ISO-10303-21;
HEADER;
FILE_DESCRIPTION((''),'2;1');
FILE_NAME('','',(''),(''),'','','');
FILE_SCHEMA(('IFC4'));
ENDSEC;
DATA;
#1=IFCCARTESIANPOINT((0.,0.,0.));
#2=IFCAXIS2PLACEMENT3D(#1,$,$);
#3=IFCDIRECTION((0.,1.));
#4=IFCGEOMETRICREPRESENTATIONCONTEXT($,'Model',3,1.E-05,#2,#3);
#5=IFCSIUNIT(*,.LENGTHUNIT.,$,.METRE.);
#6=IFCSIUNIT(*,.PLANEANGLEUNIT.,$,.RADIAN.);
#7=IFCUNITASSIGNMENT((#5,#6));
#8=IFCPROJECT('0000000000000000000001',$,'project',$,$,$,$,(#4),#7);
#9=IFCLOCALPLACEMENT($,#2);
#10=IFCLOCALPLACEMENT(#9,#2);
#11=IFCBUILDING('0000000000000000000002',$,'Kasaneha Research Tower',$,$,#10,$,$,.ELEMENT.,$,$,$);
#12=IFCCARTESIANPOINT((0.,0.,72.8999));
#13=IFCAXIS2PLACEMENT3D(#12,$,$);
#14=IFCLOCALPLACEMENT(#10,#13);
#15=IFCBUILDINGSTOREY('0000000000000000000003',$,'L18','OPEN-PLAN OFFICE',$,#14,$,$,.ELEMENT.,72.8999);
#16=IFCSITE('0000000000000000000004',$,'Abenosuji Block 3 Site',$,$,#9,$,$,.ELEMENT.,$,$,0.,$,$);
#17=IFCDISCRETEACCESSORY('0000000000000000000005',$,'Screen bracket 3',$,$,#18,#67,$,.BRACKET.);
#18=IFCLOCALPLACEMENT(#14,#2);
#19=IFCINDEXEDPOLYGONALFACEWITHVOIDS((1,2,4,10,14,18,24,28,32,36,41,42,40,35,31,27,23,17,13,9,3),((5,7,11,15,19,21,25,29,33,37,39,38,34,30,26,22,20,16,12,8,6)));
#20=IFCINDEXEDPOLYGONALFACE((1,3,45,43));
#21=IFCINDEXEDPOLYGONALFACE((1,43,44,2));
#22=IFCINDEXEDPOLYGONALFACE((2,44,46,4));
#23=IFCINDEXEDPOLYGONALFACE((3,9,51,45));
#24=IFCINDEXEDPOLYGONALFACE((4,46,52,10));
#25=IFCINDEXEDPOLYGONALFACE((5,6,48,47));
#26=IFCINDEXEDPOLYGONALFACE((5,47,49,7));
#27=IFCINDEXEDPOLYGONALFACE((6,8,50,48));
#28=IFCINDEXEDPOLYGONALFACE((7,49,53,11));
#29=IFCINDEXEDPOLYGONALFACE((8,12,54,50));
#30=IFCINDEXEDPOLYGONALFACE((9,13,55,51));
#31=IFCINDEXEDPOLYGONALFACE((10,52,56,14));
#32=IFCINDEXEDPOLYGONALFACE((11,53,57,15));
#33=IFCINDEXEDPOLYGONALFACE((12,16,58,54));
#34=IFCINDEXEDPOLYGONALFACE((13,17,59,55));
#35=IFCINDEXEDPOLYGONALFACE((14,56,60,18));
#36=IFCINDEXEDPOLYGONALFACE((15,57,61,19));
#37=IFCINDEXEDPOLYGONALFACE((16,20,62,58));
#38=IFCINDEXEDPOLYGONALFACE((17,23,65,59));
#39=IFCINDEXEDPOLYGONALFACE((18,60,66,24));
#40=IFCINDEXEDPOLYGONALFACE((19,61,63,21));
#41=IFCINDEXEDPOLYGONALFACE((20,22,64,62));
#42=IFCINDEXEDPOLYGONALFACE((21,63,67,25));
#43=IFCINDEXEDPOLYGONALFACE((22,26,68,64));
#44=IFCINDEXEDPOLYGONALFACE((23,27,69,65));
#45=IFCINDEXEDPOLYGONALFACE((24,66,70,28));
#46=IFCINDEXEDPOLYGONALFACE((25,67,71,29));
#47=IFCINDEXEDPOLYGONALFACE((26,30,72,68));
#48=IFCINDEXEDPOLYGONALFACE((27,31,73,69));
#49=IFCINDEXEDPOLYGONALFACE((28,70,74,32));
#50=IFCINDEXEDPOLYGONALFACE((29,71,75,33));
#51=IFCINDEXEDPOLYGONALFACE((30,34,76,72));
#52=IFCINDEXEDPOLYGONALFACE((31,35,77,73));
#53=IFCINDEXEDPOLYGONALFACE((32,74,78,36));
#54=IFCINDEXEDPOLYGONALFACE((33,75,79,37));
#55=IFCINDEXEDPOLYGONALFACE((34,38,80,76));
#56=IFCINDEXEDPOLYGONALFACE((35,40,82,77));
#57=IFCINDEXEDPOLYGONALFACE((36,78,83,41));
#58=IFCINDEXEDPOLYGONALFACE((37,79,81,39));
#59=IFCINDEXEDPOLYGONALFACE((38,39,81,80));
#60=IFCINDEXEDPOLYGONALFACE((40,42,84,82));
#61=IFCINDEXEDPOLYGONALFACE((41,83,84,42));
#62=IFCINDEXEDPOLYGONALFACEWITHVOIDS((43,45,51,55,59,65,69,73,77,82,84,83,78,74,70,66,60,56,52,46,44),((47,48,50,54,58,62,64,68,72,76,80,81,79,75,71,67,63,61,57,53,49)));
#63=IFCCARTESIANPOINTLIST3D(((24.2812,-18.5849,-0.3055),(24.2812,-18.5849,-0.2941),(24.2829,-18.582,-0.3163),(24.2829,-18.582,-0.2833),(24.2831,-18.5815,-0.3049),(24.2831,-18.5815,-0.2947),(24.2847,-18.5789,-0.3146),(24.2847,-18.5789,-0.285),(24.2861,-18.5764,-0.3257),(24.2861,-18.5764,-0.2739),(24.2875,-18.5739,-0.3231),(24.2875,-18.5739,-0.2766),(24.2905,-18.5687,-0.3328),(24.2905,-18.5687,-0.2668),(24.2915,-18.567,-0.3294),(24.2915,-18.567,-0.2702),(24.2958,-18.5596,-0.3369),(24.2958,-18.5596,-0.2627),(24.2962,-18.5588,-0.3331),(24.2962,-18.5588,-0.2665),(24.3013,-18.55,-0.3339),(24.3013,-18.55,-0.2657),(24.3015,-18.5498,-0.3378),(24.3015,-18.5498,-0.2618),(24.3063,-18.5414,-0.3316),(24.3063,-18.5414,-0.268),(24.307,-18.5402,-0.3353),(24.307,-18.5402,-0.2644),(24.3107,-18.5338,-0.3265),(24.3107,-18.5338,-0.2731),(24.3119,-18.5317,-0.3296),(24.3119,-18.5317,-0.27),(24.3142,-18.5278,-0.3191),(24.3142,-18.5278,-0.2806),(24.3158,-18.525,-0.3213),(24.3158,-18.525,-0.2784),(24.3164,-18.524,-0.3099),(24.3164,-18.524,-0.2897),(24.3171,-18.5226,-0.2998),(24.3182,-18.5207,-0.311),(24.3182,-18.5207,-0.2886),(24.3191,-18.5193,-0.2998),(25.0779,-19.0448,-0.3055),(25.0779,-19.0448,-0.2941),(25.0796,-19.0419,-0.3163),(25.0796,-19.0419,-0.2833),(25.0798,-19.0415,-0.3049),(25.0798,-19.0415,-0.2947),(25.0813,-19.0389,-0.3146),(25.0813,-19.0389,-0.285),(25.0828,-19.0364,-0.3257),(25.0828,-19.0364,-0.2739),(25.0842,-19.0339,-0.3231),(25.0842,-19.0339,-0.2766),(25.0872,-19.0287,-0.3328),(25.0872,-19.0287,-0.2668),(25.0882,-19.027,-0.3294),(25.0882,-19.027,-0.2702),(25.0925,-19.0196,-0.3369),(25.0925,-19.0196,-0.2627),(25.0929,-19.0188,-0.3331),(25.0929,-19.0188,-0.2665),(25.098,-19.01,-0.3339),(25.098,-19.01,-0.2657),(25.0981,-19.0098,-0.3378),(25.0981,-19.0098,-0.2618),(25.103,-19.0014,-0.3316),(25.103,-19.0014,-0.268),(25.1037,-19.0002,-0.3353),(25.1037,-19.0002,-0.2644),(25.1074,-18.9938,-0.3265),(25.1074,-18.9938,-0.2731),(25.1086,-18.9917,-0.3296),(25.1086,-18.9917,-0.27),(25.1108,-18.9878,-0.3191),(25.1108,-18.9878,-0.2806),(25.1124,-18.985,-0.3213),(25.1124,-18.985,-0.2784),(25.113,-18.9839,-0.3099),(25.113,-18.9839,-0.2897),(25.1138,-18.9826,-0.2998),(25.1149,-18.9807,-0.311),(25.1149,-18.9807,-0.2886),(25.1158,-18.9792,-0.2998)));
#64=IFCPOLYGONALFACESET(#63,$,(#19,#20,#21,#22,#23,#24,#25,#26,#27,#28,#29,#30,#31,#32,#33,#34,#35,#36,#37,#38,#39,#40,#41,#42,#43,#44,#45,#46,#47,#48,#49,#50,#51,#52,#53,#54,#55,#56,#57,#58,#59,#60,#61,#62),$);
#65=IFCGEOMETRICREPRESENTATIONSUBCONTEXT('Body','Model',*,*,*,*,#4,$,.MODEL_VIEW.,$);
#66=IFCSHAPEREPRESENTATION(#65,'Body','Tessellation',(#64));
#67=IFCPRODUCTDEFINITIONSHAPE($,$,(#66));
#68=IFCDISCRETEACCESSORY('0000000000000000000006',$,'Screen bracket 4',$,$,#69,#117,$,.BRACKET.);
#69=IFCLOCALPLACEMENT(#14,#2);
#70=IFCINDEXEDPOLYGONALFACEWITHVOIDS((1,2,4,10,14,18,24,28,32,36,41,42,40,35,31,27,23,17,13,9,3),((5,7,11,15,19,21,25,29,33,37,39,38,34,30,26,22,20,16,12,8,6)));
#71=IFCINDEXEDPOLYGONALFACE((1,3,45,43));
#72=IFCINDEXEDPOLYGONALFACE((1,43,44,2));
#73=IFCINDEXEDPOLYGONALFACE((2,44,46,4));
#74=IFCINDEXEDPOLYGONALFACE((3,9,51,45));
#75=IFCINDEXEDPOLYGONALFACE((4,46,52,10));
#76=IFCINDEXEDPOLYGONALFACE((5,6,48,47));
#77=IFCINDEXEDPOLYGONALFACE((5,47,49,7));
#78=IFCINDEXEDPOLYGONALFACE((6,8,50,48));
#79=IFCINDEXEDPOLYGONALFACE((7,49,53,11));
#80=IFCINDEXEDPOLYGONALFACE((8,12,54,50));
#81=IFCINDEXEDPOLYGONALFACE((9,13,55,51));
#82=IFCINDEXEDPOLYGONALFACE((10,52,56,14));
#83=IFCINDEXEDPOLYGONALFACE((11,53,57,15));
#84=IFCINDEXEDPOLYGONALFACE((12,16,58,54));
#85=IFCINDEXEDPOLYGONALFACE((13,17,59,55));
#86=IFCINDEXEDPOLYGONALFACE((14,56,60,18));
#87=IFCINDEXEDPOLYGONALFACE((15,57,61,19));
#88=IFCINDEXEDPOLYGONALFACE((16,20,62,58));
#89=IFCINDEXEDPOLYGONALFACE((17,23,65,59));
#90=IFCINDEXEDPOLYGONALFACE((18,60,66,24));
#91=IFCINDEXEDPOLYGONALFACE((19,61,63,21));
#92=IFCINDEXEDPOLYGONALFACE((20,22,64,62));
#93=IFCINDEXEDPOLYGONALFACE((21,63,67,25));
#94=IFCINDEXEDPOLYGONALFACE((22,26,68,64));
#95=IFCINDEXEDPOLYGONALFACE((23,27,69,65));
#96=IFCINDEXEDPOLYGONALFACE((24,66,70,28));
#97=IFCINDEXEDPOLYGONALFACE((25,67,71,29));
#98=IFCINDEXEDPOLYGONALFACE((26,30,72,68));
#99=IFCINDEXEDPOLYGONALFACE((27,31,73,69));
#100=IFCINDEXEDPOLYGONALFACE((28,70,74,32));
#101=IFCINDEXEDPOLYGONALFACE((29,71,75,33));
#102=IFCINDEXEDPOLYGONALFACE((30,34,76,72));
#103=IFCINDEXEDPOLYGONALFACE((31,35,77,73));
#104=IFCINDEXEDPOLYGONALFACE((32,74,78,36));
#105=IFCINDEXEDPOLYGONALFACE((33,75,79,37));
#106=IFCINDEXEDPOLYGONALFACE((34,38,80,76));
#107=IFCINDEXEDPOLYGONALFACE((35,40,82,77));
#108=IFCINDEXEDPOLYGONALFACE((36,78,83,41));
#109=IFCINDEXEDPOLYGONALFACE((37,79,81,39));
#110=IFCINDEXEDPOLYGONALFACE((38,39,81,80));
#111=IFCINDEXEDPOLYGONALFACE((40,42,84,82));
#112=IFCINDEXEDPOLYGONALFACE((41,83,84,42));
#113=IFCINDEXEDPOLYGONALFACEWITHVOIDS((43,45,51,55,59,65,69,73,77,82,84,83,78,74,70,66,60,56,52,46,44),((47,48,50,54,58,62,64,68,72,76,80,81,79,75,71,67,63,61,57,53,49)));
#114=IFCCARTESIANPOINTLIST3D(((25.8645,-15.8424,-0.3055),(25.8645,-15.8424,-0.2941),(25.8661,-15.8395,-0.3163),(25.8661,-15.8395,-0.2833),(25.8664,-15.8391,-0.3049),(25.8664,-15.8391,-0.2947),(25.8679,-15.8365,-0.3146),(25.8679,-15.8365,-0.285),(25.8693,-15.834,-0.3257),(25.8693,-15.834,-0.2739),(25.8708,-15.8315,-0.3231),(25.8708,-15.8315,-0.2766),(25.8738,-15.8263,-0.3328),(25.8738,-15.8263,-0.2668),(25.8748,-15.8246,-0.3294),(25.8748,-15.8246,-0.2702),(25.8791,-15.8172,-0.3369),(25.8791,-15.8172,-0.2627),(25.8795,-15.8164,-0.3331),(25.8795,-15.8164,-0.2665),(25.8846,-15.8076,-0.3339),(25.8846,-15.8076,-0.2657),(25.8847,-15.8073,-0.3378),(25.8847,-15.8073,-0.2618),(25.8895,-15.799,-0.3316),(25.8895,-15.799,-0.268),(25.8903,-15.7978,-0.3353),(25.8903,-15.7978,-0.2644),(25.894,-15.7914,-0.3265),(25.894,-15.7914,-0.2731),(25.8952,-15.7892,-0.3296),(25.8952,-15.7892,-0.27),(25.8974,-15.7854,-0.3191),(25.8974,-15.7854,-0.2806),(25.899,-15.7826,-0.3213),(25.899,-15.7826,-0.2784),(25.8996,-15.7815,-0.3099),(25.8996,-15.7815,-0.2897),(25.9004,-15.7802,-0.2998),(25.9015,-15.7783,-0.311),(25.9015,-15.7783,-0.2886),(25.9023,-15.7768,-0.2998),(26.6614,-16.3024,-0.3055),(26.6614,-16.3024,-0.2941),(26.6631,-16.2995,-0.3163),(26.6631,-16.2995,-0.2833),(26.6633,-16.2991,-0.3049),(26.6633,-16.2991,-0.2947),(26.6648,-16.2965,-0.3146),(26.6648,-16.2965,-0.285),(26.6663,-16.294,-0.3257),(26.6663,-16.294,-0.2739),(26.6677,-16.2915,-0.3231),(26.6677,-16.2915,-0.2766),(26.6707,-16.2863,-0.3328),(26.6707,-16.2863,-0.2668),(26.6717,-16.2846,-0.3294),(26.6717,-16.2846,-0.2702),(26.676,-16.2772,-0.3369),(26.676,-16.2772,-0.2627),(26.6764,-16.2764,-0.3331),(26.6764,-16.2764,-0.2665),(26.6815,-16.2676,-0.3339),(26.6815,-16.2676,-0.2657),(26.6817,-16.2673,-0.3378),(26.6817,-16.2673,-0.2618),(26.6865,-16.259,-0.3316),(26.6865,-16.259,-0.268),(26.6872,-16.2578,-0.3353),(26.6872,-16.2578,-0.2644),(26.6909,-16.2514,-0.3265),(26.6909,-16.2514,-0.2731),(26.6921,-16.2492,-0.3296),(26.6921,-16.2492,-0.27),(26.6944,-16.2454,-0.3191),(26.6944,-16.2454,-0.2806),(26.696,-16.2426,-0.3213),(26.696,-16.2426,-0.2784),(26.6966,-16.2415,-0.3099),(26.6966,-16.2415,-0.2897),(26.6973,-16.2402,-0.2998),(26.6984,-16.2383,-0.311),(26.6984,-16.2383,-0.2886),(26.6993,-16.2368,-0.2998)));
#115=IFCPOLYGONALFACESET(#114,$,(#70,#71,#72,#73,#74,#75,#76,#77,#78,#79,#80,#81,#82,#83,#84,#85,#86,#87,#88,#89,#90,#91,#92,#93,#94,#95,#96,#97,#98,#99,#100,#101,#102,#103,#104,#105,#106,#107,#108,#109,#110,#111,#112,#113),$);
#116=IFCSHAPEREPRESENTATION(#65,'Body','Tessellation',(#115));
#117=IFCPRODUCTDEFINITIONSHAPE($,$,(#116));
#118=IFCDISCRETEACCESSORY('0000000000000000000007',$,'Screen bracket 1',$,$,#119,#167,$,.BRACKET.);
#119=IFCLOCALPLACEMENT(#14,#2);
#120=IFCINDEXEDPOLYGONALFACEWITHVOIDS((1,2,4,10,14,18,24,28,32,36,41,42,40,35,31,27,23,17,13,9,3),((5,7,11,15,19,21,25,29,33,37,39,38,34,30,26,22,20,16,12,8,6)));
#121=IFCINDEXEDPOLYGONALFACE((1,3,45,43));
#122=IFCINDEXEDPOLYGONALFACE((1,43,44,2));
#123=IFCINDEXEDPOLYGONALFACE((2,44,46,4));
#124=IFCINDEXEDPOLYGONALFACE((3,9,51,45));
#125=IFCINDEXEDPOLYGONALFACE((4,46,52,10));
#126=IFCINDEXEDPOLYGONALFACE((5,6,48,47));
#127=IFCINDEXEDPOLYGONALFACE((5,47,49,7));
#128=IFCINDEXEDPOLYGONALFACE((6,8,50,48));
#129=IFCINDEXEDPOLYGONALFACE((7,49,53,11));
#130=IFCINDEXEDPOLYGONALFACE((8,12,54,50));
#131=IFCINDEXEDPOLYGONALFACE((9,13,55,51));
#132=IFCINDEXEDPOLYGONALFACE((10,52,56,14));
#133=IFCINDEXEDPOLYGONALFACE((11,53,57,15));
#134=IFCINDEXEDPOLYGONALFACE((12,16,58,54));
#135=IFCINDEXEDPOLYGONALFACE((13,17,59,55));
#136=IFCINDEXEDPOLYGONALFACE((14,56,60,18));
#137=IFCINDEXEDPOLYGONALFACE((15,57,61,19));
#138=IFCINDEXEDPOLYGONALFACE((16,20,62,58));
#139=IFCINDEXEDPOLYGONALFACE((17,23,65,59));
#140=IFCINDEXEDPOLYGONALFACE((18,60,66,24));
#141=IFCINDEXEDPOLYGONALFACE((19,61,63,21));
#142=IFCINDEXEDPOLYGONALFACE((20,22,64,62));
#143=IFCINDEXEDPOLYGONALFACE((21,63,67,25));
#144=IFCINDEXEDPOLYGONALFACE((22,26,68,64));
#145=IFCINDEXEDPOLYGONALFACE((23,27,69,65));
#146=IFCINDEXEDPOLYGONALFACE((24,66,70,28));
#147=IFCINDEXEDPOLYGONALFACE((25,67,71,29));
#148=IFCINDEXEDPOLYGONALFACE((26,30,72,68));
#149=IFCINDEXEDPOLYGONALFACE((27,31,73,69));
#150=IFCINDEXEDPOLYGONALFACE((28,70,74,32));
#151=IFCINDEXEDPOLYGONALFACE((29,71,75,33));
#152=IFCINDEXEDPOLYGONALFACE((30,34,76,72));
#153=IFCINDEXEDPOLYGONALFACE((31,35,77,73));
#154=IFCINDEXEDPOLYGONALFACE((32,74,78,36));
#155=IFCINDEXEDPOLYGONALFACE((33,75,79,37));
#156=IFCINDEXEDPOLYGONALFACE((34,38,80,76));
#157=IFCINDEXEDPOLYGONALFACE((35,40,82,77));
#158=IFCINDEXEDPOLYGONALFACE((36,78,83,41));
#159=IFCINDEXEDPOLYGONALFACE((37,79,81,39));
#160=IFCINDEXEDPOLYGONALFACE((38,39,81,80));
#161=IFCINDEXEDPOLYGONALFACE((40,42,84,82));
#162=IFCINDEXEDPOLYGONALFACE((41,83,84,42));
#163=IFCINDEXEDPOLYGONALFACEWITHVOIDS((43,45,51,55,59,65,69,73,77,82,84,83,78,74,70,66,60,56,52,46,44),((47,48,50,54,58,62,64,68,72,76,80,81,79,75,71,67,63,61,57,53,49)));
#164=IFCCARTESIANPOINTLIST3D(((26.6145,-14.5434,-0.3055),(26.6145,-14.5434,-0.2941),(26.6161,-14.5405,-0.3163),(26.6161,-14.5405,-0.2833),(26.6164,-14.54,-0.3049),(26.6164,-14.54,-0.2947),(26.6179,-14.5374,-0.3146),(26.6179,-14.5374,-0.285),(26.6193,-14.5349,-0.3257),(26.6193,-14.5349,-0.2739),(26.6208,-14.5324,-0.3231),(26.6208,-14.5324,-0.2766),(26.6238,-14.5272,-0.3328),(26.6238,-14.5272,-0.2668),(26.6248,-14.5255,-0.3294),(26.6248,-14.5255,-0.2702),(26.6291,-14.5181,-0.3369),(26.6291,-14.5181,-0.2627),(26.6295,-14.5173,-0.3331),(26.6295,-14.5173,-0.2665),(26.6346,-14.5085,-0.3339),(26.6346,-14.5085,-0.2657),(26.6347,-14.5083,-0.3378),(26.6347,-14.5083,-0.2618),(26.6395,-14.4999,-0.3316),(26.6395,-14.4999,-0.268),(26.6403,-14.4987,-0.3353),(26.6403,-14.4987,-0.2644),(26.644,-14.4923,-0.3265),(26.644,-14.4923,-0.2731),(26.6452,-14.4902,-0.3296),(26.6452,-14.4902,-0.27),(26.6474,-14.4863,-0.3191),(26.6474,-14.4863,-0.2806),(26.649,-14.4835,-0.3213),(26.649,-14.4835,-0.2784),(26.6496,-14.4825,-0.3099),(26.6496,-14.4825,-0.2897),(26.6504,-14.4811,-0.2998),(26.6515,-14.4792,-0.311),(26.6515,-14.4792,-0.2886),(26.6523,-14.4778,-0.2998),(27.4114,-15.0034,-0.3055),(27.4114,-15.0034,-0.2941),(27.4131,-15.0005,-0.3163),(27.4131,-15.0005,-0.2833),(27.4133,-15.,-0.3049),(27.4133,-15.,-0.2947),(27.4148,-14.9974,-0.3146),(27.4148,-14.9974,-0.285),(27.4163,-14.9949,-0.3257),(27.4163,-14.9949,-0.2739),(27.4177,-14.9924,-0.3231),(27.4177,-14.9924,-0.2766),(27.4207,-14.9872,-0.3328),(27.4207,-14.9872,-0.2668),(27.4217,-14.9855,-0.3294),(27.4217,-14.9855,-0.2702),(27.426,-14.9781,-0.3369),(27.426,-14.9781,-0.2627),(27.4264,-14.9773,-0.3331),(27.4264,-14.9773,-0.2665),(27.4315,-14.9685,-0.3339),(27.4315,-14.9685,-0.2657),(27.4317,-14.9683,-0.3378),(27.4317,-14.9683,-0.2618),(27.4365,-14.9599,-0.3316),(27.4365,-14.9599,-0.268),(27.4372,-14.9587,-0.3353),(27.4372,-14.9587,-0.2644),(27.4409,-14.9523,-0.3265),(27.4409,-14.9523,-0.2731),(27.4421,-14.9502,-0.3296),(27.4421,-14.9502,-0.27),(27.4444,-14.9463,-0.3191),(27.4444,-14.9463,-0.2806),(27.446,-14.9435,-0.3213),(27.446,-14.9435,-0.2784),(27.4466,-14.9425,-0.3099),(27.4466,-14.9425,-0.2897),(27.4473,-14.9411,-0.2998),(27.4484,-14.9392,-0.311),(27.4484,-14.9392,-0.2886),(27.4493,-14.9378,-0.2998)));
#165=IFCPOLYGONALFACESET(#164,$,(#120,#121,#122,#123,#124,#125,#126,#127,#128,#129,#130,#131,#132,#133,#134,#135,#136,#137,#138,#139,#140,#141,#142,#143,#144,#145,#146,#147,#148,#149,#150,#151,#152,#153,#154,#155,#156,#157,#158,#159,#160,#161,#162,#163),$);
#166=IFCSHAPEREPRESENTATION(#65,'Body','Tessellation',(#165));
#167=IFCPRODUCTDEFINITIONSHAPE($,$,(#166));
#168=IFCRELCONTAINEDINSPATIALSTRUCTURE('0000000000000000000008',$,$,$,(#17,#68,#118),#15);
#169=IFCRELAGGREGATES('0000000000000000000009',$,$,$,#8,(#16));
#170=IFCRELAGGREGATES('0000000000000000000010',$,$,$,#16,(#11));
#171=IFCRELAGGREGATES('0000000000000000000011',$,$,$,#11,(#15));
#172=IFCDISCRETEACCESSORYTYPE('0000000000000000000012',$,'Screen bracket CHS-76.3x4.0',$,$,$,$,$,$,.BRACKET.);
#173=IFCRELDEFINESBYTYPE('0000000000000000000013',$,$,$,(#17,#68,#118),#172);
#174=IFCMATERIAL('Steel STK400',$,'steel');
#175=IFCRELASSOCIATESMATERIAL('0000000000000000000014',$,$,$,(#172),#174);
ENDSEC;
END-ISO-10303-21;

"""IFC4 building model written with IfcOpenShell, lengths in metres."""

from ifc_helpers import new_model, si_unit, direction, frame, origin, origin_2d, place, context, subcontext, project, spatial, hollow_circle, extrude, material, material_profile, profile_set, type_object, element, save


model = new_model("IFC4")

# Units and contexts
model_context = context("Model", 3, precision=1e-05, world=origin(), true_north=direction((0.0, 1.0)))
body_context = subcontext(model_context, "Body", "Model", "MODEL_VIEW")
ifc_project = project(units=[si_unit("LENGTHUNIT", "METRE"), si_unit("PLANEANGLEUNIT", "RADIAN")], contexts=[model_context])

# Site, building, storey
site_placement = place(None, origin())
site = spatial("IfcSite", under=ifc_project, at=site_placement, Name="Abenosuji Block 3 Site", CompositionType="ELEMENT", RefElevation=0.0)
building_placement = place(site_placement, origin())
building = spatial("IfcBuilding", under=site, at=building_placement, Name="Kasaneha Research Tower", CompositionType="ELEMENT")
storey_placement = place(building_placement, frame((0.0, 0.0, 72.8999)))
storey = spatial("IfcBuildingStorey", under=building, at=storey_placement, Name="L18", Description="OPEN-PLAN OFFICE", CompositionType="ELEMENT", Elevation=72.8999)

# Discrete accessories
ifc_material_1 = material(Name="Steel STK400", Category="steel")
ifc_material_profile_1 = material_profile(ifc_material_1, hollow_circle(Radius=0.0381, WallThickness=0.0039, at=origin_2d()), Name="CHS-76.3x4.0")
ifc_profile_set_1 = profile_set([ifc_material_profile_1], Name="Steel STK400")
discrete_accessory_type = type_object("IfcDiscreteAccessoryType", Name="Screen bracket CHS-76.3x4.0", PredefinedType="BRACKET", material=ifc_profile_set_1)
discrete_accessory_1_placement = place(storey_placement, frame((24.3, -18.5522, -0.2998), z_axis=(0.866013, -0.500021, 0.0), x_axis=(0.500021, 0.866013, 0.0)))
element("IfcDiscreteAccessory", 1, at=discrete_accessory_1_placement, inside=storey, type_object=discrete_accessory_type, Name="Screen bracket 3", PredefinedType="BRACKET", context=body_context, shape_type="SweptSolid", body=[
    extrude(hollow_circle(Radius=0.0381, WallThickness=0.0039, at=origin_2d()), origin(), (0.0, 0.0, 1.0), 0.9199),
])
for number, where, z_axis, x_axis, name in (
    (2, (25.8833, -15.8098, -0.2998), (0.86608, -0.499906, 0.0), (0.499906, 0.86608, 0.0), "Screen bracket 4"),
    (3, (26.6333, -14.5107, -0.2998), (0.86608, -0.499906, 0.0), (0.499906, 0.86608, 0.0), "Screen bracket 1"),
):
    element("IfcDiscreteAccessory", number, at=place(storey_placement, frame(where, z_axis=z_axis, x_axis=x_axis)), inside=storey, type_object=discrete_accessory_type, Name=name, PredefinedType="BRACKET", context=body_context, shape_type="SweptSolid", body=[
        extrude(hollow_circle(Radius=0.0381, WallThickness=0.0039, at=origin_2d()), origin(), (0.0, 0.0, 1.0), 0.9202),
    ])

save(model, "model.ifc")
